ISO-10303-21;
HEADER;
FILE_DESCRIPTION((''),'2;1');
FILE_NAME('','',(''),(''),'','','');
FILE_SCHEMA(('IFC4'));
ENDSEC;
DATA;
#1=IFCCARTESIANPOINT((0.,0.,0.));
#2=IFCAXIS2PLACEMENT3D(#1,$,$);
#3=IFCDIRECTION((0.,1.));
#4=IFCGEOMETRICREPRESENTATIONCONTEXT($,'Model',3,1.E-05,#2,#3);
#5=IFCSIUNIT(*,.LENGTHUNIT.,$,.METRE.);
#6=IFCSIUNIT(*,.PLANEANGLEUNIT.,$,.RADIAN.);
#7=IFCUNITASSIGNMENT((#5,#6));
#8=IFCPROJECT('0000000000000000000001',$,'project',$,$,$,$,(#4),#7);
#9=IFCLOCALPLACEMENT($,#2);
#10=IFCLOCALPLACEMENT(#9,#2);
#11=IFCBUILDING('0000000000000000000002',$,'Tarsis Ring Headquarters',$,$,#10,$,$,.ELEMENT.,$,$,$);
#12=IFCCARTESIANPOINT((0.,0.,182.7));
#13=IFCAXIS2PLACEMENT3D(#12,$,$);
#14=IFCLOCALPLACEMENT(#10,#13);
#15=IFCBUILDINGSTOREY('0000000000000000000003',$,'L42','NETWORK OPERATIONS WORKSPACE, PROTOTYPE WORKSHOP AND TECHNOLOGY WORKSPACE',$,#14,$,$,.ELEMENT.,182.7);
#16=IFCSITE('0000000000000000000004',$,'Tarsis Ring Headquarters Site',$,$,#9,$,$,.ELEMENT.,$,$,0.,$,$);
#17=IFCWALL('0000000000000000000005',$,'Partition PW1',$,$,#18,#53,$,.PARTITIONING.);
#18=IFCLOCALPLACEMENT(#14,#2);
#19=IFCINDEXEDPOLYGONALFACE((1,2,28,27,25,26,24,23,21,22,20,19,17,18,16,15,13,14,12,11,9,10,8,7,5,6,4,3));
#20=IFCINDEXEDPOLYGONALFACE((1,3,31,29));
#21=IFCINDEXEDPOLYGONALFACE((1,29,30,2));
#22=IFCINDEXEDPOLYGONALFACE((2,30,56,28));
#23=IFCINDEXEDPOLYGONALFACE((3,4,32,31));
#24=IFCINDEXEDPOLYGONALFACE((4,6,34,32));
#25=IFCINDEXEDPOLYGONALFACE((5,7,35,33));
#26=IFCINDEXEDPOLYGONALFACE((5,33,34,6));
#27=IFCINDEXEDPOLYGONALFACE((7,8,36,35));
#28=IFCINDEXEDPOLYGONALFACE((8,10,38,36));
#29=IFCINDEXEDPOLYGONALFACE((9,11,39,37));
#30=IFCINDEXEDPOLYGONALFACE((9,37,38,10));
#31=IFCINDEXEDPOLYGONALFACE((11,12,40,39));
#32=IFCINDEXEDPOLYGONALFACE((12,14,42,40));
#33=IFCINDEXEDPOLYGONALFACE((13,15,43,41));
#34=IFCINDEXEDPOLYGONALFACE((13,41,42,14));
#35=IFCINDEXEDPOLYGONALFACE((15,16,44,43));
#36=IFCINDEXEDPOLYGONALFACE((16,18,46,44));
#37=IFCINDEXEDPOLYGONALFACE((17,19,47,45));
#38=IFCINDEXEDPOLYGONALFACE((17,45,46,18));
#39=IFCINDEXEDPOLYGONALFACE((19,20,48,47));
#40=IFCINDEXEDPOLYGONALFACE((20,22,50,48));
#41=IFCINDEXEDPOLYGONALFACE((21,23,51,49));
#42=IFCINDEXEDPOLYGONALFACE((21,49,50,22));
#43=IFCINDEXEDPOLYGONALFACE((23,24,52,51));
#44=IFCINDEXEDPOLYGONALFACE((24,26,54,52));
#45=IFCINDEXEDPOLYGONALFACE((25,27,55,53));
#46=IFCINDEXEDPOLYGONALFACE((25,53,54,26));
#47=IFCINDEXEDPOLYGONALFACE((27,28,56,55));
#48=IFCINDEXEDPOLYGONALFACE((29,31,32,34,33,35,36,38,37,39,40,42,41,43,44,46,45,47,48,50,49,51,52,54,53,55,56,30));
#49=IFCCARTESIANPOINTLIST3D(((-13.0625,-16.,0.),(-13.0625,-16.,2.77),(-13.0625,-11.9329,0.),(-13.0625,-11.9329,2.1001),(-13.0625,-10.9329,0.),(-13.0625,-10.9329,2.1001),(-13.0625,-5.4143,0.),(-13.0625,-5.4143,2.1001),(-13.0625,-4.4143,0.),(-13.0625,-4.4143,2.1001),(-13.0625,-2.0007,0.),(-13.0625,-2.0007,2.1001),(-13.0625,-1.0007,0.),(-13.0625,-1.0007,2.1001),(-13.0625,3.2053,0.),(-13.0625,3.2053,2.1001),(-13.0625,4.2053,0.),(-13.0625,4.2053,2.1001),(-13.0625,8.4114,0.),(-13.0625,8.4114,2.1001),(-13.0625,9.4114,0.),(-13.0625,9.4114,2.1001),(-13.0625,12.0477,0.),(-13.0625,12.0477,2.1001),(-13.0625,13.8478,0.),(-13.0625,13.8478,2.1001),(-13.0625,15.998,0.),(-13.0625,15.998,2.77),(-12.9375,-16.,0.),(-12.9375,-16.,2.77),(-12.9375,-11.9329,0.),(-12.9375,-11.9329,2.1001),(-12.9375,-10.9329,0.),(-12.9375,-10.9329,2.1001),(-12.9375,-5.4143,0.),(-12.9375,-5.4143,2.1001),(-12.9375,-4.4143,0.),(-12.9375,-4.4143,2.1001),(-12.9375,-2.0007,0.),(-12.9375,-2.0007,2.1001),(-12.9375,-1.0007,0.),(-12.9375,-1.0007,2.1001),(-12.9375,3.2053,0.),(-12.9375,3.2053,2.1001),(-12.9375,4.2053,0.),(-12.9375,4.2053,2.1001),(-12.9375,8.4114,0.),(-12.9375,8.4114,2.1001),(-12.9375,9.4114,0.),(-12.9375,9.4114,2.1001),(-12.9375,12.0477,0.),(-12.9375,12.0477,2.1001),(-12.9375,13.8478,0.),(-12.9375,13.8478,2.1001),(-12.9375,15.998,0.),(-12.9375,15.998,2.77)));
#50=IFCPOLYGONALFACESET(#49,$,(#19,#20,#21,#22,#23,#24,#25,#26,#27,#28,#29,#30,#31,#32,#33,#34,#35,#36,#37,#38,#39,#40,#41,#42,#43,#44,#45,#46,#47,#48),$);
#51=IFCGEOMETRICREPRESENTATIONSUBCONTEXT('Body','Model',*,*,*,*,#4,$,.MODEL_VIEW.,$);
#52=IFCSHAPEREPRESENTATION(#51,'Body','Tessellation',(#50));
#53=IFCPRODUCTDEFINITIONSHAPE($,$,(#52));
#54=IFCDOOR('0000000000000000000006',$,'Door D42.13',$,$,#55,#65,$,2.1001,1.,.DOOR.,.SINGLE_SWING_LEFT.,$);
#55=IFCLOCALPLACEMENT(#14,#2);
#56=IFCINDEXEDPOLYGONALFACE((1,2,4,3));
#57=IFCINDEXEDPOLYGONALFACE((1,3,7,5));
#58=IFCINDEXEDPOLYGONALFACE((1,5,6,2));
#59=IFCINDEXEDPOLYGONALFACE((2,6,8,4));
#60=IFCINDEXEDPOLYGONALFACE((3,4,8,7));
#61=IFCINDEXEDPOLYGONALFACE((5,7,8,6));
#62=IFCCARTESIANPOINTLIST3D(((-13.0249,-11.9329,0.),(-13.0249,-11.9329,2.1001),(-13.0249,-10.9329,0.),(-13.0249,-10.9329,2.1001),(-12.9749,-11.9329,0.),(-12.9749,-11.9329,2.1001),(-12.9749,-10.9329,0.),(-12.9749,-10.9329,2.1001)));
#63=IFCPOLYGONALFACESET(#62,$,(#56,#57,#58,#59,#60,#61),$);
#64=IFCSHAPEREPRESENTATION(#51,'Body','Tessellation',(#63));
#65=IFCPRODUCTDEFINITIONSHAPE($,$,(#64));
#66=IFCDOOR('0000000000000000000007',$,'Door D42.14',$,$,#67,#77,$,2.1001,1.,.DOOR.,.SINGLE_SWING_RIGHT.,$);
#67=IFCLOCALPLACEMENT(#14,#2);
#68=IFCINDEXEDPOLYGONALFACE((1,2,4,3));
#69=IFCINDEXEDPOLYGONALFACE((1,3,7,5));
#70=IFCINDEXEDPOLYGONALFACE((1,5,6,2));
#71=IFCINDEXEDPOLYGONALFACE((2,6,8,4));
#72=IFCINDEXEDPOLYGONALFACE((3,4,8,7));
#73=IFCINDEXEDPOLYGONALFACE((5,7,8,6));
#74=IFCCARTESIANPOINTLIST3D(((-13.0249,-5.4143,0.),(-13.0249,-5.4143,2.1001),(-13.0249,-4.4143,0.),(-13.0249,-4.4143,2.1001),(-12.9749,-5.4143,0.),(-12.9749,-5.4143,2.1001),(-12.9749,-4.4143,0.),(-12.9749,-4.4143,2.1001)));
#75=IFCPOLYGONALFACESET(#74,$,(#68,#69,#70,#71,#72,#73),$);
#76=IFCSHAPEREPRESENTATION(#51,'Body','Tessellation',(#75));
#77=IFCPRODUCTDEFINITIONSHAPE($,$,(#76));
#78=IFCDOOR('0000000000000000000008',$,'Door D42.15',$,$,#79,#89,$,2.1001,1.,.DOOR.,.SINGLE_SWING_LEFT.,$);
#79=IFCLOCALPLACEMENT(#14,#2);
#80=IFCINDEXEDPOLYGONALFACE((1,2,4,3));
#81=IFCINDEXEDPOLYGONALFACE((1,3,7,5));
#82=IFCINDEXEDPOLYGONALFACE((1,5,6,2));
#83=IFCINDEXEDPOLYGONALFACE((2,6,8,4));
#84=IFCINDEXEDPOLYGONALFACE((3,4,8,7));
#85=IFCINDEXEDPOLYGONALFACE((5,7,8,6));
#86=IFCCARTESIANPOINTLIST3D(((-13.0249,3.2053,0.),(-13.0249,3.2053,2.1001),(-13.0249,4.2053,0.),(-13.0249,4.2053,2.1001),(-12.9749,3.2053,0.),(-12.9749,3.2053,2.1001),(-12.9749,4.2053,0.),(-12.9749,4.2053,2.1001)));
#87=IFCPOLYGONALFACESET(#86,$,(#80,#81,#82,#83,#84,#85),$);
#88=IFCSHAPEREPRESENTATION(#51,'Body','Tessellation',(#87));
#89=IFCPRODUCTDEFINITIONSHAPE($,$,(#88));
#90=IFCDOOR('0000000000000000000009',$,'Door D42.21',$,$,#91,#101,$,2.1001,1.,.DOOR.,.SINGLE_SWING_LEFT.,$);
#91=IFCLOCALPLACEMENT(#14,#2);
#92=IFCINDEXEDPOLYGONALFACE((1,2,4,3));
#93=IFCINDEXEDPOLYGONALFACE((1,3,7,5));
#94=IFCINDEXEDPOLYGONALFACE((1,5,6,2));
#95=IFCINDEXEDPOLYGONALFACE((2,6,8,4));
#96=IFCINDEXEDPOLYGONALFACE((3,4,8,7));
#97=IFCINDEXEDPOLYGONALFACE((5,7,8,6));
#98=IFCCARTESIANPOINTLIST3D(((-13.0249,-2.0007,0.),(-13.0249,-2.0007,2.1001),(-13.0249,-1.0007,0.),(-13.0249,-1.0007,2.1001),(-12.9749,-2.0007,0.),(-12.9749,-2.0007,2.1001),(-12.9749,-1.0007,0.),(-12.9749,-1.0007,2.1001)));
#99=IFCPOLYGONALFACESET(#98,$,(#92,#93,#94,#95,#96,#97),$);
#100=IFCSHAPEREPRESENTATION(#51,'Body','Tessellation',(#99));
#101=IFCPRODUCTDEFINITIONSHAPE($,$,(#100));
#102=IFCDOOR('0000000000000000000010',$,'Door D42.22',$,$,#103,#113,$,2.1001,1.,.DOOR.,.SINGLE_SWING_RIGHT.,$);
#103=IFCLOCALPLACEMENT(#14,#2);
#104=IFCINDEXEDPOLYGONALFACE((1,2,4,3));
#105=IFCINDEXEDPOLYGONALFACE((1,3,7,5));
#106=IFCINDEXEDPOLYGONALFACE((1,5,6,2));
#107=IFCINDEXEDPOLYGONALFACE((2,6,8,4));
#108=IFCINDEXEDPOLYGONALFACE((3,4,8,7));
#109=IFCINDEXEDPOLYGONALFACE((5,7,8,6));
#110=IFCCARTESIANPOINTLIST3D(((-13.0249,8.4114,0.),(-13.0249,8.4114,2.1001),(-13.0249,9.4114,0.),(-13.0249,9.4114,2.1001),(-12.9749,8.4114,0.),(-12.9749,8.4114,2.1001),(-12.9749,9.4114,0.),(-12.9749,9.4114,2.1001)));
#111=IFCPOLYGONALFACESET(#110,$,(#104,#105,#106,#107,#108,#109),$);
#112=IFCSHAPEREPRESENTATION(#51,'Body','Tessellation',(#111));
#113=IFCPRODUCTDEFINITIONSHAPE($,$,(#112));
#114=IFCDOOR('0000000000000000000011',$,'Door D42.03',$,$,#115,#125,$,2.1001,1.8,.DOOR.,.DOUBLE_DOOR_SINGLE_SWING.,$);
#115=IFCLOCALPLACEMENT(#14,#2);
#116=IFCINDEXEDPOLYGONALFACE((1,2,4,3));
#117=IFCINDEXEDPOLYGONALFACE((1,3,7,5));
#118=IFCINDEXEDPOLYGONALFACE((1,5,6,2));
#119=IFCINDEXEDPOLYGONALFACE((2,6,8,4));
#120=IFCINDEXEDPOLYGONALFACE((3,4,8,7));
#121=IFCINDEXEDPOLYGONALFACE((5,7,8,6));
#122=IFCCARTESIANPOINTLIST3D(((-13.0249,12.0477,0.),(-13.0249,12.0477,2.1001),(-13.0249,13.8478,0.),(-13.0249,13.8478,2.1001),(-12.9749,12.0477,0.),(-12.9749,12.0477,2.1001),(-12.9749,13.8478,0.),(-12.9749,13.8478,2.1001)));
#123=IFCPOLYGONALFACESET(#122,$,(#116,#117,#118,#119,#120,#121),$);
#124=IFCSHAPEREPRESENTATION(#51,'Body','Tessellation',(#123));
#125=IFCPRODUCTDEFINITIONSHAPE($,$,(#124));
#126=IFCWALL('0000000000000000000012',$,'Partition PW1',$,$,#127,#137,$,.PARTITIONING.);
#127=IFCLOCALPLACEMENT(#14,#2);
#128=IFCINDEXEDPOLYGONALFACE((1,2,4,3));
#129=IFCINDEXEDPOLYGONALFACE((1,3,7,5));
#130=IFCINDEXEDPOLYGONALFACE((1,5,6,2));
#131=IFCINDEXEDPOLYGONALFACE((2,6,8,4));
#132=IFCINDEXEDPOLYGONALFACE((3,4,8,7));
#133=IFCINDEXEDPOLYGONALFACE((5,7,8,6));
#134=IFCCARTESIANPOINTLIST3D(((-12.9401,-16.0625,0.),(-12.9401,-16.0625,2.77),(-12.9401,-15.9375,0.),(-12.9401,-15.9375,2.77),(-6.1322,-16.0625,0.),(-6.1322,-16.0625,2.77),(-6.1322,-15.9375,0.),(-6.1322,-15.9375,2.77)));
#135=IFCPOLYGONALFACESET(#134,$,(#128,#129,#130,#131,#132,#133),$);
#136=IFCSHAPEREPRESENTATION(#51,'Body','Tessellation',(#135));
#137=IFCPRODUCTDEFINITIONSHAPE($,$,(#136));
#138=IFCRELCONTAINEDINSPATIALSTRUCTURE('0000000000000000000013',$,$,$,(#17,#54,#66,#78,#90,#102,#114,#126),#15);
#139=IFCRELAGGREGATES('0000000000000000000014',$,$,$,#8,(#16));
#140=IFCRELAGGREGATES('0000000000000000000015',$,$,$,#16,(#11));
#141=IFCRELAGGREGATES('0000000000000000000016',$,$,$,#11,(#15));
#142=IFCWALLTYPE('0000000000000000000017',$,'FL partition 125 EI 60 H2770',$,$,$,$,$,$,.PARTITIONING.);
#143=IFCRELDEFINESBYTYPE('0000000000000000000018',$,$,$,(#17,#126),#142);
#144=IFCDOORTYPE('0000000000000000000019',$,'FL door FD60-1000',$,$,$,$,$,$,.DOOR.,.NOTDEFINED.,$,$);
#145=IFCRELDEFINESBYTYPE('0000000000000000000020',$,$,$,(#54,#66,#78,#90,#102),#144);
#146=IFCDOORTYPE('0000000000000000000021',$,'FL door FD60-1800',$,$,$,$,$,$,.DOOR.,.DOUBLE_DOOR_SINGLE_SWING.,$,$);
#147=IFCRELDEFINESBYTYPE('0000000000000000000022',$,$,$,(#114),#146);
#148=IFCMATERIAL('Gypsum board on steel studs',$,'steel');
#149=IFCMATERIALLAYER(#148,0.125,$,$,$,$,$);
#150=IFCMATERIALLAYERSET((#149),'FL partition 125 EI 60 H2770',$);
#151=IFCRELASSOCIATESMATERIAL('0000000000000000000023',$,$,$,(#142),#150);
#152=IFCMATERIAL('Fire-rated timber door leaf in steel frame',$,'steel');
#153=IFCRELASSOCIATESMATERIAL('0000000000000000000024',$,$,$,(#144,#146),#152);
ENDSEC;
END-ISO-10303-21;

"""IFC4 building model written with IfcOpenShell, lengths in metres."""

from ifc_helpers import new_model, si_unit, direction, frame, frame_2d, origin, place, context, subcontext, project, spatial, rectangle, extrude, material, layer, layer_set, type_object, element, fill, save


model = new_model("IFC4")

# Units and contexts
model_context = context("Model", 3, precision=1e-05, world=origin(), true_north=direction((0.0, 1.0)))
body_context = subcontext(model_context, "Body", "Model", "MODEL_VIEW")
ifc_project = project(units=[si_unit("LENGTHUNIT", "METRE"), si_unit("PLANEANGLEUNIT", "RADIAN")], contexts=[model_context])

# Site, building, storey
site_placement = place(None, origin())
site = spatial("IfcSite", under=ifc_project, at=site_placement, Name="Tarsis Ring Headquarters Site", CompositionType="ELEMENT", RefElevation=0.0)
building_placement = place(site_placement, origin())
building = spatial("IfcBuilding", under=site, at=building_placement, Name="Tarsis Ring Headquarters", CompositionType="ELEMENT")
storey_placement = place(building_placement, frame((0.0, 0.0, 182.7)))
storey = spatial("IfcBuildingStorey", under=building, at=storey_placement, Name="L42", Description="NETWORK OPERATIONS WORKSPACE, PROTOTYPE WORKSHOP AND TECHNOLOGY WORKSPACE", CompositionType="ELEMENT", Elevation=182.7)

# Shared definitions
ifc_material_1 = material(Name="Gypsum board on steel studs", Category="steel")

# Wall, openings, doors
ifc_layer_1 = layer(ifc_material_1, 0.125)
ifc_layer_set_1 = layer_set([ifc_layer_1], Name="FL partition 125 EI 60 H2770")
wall_type_1 = type_object("IfcWallType", Name="FL partition 125 EI 60 H2770", PredefinedType="PARTITIONING", material=ifc_layer_set_1)
wall_1_placement = place(storey_placement, frame((-13.0, -16.0, 0.0), z_axis=(0.0, 0.0, 1.0), x_axis=(0.0, 1.0, 0.0)))
wall_1 = element("IfcWall", 1, at=wall_1_placement, inside=storey, type_object=wall_type_1, Name="Partition PW1", PredefinedType="PARTITIONING", context=body_context, shape_type="SweptSolid", body=[
    extrude(rectangle(XDim=31.998, YDim=0.125, at=frame_2d((15.999, 0.0))), origin(), (0.0, 0.0, 1.0), 2.77),
])
opening_1_placement = place(wall_1_placement, frame((28.0479, 0.0, 0.0)))
opening_1 = element("IfcOpeningElement", 2, at=opening_1_placement, cuts=wall_1, PredefinedType="OPENING", context=body_context, shape_type="SweptSolid", body=[
    extrude(rectangle(XDim=1.8, YDim=2.1001, at=frame_2d((0.8999, 1.05))), frame((0.0, 0.0725, 0.0), z_axis=(0.0, -1.0, 0.0), x_axis=(1.0, 0.0, 0.0)), (0.0, 0.0, 1.0), 0.145),
])
opening_2_placement = place(wall_1_placement, frame((4.0671, 0.0, 0.0)))
opening_2 = element("IfcOpeningElement", 3, at=opening_2_placement, cuts=wall_1, PredefinedType="OPENING", context=body_context, shape_type="SweptSolid", body=[
    extrude(rectangle(XDim=1.0, YDim=2.1001, at=frame_2d((0.5, 1.05))), frame((0.0, 0.0725, 0.0), z_axis=(0.0, -1.0, 0.0), x_axis=(1.0, 0.0, 0.0)), (0.0, 0.0, 1.0), 0.145),
])
opening_3_placement = place(wall_1_placement, frame((10.5857, 0.0, 0.0)))
opening_3 = element("IfcOpeningElement", 4, at=opening_3_placement, cuts=wall_1, PredefinedType="OPENING", context=body_context, shape_type="SweptSolid", body=[
    extrude(rectangle(XDim=1.0, YDim=2.1001, at=frame_2d((0.5, 1.05))), frame((0.0, 0.0725, 0.0), z_axis=(0.0, -1.0, 0.0), x_axis=(1.0, 0.0, 0.0)), (0.0, 0.0, 1.0), 0.145),
])
opening_4_placement = place(wall_1_placement, frame((19.2053, 0.0, 0.0)))
opening_4 = element("IfcOpeningElement", 5, at=opening_4_placement, cuts=wall_1, PredefinedType="OPENING", context=body_context, shape_type="SweptSolid", body=[
    extrude(rectangle(XDim=1.0, YDim=2.1001, at=frame_2d((0.5, 1.05))), frame((0.0, 0.0725, 0.0), z_axis=(0.0, -1.0, 0.0), x_axis=(1.0, 0.0, 0.0)), (0.0, 0.0, 1.0), 0.145),
])
opening_5_placement = place(wall_1_placement, frame((13.9993, 0.0, 0.0)))
opening_5 = element("IfcOpeningElement", 6, at=opening_5_placement, cuts=wall_1, PredefinedType="OPENING", context=body_context, shape_type="SweptSolid", body=[
    extrude(rectangle(XDim=1.0, YDim=2.1001, at=frame_2d((0.5, 1.05))), frame((0.0, 0.0725, 0.0), z_axis=(0.0, -1.0, 0.0), x_axis=(1.0, 0.0, 0.0)), (0.0, 0.0, 1.0), 0.145),
])
opening_6_placement = place(wall_1_placement, frame((24.4114, 0.0, 0.0)))
opening_6 = element("IfcOpeningElement", 7, at=opening_6_placement, cuts=wall_1, PredefinedType="OPENING", context=body_context, shape_type="SweptSolid", body=[
    extrude(rectangle(XDim=1.0, YDim=2.1001, at=frame_2d((0.5, 1.05))), frame((0.0, 0.0725, 0.0), z_axis=(0.0, -1.0, 0.0), x_axis=(1.0, 0.0, 0.0)), (0.0, 0.0, 1.0), 0.145),
])
ifc_material_2 = material(Name="Fire-rated timber door leaf in steel frame", Category="steel")
door_type_1 = type_object("IfcDoorType", Name="FL door FD60-1000", OperationType="NOTDEFINED", PredefinedType="DOOR", material=ifc_material_2)
door_1_placement = place(opening_2_placement, origin())
door_1 = element("IfcDoor", 8, at=door_1_placement, inside=storey, type_object=door_type_1, Name="Door D42.13", OperationType="SINGLE_SWING_LEFT", OverallHeight=2.1001, OverallWidth=1.0, PredefinedType="DOOR", context=body_context, shape_type="SweptSolid", body=[
    extrude(rectangle(XDim=1.0, YDim=2.1001, at=frame_2d((0.5, 1.05))), frame((0.0, 0.0249, 0.0), z_axis=(0.0, -1.0, 0.0), x_axis=(1.0, 0.0, 0.0)), (0.0, 0.0, 1.0), 0.05),
])
fill(opening_2, door_1)
door_2_placement = place(opening_3_placement, origin())
door_2 = element("IfcDoor", 9, at=door_2_placement, inside=storey, type_object=door_type_1, Name="Door D42.14", OperationType="SINGLE_SWING_RIGHT", OverallHeight=2.1001, OverallWidth=1.0, PredefinedType="DOOR", context=body_context, shape_type="SweptSolid", body=[
    extrude(rectangle(XDim=1.0, YDim=2.1001, at=frame_2d((0.5, 1.05))), frame((0.0, 0.0249, 0.0), z_axis=(0.0, -1.0, 0.0), x_axis=(1.0, 0.0, 0.0)), (0.0, 0.0, 1.0), 0.05),
])
fill(opening_3, door_2)
door_3_placement = place(opening_4_placement, origin())
door_3 = element("IfcDoor", 10, at=door_3_placement, inside=storey, type_object=door_type_1, Name="Door D42.15", OperationType="SINGLE_SWING_LEFT", OverallHeight=2.1001, OverallWidth=1.0, PredefinedType="DOOR", context=body_context, shape_type="SweptSolid", body=[
    extrude(rectangle(XDim=1.0, YDim=2.1001, at=frame_2d((0.5, 1.05))), frame((0.0, 0.0249, 0.0), z_axis=(0.0, -1.0, 0.0), x_axis=(1.0, 0.0, 0.0)), (0.0, 0.0, 1.0), 0.05),
])
fill(opening_4, door_3)
door_4_placement = place(opening_5_placement, origin())
door_4 = element("IfcDoor", 11, at=door_4_placement, inside=storey, type_object=door_type_1, Name="Door D42.21", OperationType="SINGLE_SWING_LEFT", OverallHeight=2.1001, OverallWidth=1.0, PredefinedType="DOOR", context=body_context, shape_type="SweptSolid", body=[
    extrude(rectangle(XDim=1.0, YDim=2.1001, at=frame_2d((0.5, 1.05))), frame((0.0, 0.0249, 0.0), z_axis=(0.0, -1.0, 0.0), x_axis=(1.0, 0.0, 0.0)), (0.0, 0.0, 1.0), 0.05),
])
fill(opening_5, door_4)
door_5_placement = place(opening_6_placement, origin())
door_5 = element("IfcDoor", 12, at=door_5_placement, inside=storey, type_object=door_type_1, Name="Door D42.22", OperationType="SINGLE_SWING_RIGHT", OverallHeight=2.1001, OverallWidth=1.0, PredefinedType="DOOR", context=body_context, shape_type="SweptSolid", body=[
    extrude(rectangle(XDim=1.0, YDim=2.1001, at=frame_2d((0.5, 1.05))), frame((0.0, 0.0249, 0.0), z_axis=(0.0, -1.0, 0.0), x_axis=(1.0, 0.0, 0.0)), (0.0, 0.0, 1.0), 0.05),
])
fill(opening_6, door_5)
door_type_2 = type_object("IfcDoorType", Name="FL door FD60-1800", OperationType="DOUBLE_DOOR_SINGLE_SWING", PredefinedType="DOOR", material=ifc_material_2)
door_6_placement = place(opening_1_placement, origin())
door_6 = element("IfcDoor", 13, at=door_6_placement, inside=storey, type_object=door_type_2, Name="Door D42.03", OperationType="DOUBLE_DOOR_SINGLE_SWING", OverallHeight=2.1001, OverallWidth=1.8, PredefinedType="DOOR", context=body_context, shape_type="SweptSolid", body=[
    extrude(rectangle(XDim=1.8, YDim=2.1001, at=frame_2d((0.8999, 1.05))), frame((0.0, 0.0249, 0.0), z_axis=(0.0, -1.0, 0.0), x_axis=(1.0, 0.0, 0.0)), (0.0, 0.0, 1.0), 0.05),
])
fill(opening_1, door_6)

# Wall
wall_2_placement = place(storey_placement, frame((-12.9399, -16.0, 0.0), z_axis=(0.0, 0.0, 1.0), x_axis=(1.0, 0.0, 0.0)))
element("IfcWall", 14, at=wall_2_placement, inside=storey, type_object=wall_type_1, Name="Partition PW1", PredefinedType="PARTITIONING", context=body_context, shape_type="SweptSolid", body=[
    extrude(rectangle(XDim=6.8079, YDim=0.125, at=frame_2d((3.4038, 0.0))), origin(), (0.0, 0.0, 1.0), 2.77),
])

save(model, "model.ifc")
